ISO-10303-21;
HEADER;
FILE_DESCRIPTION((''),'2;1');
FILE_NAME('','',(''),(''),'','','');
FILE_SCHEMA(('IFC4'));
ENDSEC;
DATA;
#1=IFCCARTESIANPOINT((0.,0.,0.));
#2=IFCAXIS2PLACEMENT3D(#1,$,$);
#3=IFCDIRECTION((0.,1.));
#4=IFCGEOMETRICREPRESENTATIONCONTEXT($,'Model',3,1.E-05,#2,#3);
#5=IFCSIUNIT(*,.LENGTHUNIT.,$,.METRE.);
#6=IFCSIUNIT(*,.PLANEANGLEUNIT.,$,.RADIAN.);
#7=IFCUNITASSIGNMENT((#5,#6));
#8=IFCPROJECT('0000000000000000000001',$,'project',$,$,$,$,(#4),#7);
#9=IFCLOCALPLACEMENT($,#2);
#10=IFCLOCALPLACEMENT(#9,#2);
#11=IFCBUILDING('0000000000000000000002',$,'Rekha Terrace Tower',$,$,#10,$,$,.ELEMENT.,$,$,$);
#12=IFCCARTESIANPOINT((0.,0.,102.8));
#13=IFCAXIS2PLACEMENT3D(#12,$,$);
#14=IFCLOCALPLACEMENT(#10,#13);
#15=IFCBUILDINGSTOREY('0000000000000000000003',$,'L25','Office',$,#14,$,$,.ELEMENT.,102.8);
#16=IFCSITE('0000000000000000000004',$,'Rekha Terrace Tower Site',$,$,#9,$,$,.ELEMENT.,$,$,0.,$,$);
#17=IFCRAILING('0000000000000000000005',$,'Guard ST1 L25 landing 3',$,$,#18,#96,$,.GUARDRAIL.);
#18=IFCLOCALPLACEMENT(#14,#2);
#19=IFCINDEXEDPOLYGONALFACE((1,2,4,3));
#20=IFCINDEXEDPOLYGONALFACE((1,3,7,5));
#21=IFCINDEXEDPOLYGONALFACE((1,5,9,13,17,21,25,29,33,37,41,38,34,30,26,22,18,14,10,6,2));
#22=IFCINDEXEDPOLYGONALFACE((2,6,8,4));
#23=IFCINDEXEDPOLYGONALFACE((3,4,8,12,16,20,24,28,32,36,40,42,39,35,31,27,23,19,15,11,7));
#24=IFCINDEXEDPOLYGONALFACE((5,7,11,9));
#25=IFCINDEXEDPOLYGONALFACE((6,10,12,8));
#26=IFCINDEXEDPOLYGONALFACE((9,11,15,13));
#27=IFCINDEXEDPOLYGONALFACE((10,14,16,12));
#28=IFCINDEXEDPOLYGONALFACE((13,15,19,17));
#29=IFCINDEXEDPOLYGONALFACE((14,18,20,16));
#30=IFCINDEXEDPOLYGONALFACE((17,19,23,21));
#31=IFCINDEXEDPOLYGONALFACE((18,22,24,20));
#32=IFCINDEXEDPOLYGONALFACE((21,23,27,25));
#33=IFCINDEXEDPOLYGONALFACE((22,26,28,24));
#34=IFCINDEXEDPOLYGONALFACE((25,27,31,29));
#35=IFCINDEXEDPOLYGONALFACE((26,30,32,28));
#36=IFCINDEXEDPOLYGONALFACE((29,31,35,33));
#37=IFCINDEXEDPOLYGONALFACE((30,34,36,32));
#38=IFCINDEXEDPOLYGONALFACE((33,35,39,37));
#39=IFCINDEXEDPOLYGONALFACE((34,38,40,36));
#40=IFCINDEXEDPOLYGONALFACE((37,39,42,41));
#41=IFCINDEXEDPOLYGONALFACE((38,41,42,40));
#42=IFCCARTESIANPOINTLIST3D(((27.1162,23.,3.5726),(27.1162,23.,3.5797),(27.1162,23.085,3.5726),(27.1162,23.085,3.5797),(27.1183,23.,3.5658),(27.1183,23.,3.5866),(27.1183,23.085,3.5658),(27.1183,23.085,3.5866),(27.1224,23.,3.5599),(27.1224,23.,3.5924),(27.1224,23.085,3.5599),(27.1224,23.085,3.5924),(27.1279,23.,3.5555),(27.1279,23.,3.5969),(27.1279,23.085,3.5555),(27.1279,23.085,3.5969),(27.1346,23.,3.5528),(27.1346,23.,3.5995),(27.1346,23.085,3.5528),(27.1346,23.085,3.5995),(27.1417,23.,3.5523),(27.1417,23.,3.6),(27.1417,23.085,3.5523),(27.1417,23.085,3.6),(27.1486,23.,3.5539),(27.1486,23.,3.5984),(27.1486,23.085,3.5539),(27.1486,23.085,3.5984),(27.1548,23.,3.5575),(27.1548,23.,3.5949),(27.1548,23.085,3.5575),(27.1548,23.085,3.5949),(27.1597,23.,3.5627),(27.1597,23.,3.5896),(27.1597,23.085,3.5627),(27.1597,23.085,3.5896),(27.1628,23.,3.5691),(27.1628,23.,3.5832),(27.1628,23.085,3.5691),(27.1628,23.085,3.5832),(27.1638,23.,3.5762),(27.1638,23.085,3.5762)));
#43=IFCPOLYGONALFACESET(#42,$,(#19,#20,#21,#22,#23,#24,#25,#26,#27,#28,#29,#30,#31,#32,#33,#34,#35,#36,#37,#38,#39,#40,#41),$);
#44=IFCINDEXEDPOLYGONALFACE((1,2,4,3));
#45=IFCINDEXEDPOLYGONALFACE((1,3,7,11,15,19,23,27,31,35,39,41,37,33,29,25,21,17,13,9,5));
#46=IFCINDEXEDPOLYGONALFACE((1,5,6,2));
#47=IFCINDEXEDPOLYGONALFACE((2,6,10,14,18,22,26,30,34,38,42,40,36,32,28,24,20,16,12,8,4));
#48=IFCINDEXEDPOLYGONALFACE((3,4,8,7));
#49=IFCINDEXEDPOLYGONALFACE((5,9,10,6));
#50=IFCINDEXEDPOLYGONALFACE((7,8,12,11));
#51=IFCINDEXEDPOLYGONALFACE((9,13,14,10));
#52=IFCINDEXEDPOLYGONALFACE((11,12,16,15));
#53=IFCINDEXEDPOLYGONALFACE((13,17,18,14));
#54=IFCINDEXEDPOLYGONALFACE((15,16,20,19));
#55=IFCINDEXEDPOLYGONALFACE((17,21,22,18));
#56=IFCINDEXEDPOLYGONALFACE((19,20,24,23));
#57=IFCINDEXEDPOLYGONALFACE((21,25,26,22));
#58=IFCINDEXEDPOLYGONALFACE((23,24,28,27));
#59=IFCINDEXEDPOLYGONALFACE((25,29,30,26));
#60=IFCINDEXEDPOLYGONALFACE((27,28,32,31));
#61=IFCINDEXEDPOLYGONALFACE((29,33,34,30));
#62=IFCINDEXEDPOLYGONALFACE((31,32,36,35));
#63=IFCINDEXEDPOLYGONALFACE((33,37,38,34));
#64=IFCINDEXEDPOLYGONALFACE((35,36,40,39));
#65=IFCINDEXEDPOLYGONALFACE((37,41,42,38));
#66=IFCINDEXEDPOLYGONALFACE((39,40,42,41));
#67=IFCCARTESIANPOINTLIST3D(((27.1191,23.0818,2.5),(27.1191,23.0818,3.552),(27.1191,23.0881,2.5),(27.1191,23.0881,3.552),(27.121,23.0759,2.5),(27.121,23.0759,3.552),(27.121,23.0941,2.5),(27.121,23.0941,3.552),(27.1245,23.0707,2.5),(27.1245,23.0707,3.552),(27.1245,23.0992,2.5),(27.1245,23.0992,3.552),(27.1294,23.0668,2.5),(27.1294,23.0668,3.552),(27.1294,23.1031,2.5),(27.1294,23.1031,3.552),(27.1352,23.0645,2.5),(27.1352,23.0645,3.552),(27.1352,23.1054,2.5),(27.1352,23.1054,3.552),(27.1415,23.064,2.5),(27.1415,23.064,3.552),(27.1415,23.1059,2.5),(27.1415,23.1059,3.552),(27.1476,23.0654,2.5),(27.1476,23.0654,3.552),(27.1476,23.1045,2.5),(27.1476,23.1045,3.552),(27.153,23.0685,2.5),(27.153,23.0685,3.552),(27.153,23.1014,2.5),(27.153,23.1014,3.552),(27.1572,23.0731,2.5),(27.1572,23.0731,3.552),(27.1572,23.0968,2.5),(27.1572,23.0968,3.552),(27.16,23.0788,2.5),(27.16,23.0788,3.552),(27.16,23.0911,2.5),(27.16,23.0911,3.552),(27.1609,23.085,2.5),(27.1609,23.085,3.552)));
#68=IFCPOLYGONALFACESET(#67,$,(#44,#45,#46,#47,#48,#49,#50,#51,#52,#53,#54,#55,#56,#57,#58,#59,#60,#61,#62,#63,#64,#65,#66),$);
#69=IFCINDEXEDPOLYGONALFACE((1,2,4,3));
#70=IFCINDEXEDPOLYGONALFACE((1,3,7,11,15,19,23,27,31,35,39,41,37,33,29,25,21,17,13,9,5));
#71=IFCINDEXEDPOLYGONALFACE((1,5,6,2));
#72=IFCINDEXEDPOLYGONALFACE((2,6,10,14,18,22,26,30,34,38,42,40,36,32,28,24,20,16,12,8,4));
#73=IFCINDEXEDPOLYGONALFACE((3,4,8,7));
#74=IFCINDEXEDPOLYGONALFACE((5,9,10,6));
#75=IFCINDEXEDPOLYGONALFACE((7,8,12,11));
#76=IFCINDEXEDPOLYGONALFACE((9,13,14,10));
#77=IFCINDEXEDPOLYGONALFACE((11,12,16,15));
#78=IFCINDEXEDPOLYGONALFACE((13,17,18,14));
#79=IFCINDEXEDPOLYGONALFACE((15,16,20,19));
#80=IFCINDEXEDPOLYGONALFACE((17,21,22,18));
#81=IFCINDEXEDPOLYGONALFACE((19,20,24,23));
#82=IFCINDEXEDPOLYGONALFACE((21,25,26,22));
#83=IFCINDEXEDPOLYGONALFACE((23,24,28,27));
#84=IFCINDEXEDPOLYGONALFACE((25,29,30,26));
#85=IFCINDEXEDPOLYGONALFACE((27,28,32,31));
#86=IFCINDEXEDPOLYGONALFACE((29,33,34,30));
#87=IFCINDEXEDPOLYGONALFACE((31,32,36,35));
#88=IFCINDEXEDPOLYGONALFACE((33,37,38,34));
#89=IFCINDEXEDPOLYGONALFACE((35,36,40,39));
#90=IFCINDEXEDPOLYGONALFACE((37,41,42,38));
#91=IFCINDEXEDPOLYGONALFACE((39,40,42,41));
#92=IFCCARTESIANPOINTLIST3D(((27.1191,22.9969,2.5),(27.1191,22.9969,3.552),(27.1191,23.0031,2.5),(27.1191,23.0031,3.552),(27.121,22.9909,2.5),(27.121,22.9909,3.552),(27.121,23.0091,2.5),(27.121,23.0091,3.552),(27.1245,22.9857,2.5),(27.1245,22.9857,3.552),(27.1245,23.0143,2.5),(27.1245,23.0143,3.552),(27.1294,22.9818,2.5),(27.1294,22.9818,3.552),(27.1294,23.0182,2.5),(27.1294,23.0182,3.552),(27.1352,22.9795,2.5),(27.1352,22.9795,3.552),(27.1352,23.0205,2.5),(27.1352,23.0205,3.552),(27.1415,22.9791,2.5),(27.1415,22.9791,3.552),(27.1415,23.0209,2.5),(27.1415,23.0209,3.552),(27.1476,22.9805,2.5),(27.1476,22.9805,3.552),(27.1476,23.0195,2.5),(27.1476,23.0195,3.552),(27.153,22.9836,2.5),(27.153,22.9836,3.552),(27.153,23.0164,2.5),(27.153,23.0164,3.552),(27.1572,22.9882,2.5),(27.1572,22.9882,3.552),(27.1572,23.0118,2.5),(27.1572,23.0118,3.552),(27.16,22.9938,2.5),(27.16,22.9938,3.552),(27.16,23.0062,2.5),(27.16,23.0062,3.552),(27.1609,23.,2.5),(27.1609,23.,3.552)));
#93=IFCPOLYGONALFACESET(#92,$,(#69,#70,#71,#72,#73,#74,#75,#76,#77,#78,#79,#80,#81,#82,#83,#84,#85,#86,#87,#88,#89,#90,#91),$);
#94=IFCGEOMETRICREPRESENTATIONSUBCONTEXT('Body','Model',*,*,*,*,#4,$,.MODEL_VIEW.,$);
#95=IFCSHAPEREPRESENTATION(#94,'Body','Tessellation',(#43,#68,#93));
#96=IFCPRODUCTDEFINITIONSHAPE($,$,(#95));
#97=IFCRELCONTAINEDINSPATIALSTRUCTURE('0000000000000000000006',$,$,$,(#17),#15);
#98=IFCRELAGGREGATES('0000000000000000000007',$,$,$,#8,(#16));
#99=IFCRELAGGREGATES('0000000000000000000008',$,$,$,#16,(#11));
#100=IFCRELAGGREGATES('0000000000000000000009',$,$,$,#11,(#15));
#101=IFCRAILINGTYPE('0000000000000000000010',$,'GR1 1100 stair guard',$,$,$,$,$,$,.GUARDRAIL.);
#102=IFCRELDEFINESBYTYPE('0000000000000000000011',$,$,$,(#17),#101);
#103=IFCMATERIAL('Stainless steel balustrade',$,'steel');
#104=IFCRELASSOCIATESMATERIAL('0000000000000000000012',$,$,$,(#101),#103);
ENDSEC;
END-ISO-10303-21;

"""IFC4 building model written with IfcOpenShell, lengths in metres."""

from ifc_helpers import new_model, si_unit, direction, frame, origin, origin_2d, place, context, subcontext, project, spatial, circle, extrude, material, type_object, element, save


model = new_model("IFC4")

# Units and contexts
model_context = context("Model", 3, precision=1e-05, world=origin(), true_north=direction((0.0, 1.0)))
body_context = subcontext(model_context, "Body", "Model", "MODEL_VIEW")
ifc_project = project(units=[si_unit("LENGTHUNIT", "METRE"), si_unit("PLANEANGLEUNIT", "RADIAN")], contexts=[model_context])

# Site, building, storey
site_placement = place(None, origin())
site = spatial("IfcSite", under=ifc_project, at=site_placement, Name="Rekha Terrace Tower Site", CompositionType="ELEMENT", RefElevation=0.0)
building_placement = place(site_placement, origin())
building = spatial("IfcBuilding", under=site, at=building_placement, Name="Rekha Terrace Tower", CompositionType="ELEMENT")
storey_placement = place(building_placement, frame((0.0, 0.0, 102.8)))
storey = spatial("IfcBuildingStorey", under=building, at=storey_placement, Name="L25", Description="Office", CompositionType="ELEMENT", Elevation=102.8)

# Railing
ifc_material_1 = material(Name="Stainless steel balustrade", Category="steel")
railing_type_1 = type_object("IfcRailingType", Name="GR1 1100 stair guard", PredefinedType="GUARDRAIL", material=ifc_material_1)
railing_1_placement = place(storey_placement, frame((27.1399, 23.085, 2.5)))
element("IfcRailing", 1, at=railing_1_placement, inside=storey, type_object=railing_type_1, Name="Guard ST1 L25 landing 3", PredefinedType="GUARDRAIL", context=body_context, shape_type="SweptSolid", body=[
    extrude(circle(Radius=0.0239, at=origin_2d()), frame((0.0, 0.0, 1.0762), z_axis=(0.0, -1.0, 0.0), x_axis=(1.0, 0.0, 0.0)), (0.0, 0.0, 1.0), 0.085),
    extrude(circle(Radius=0.021, at=origin_2d()), origin(), (0.0, 0.0, 1.0), 1.052),
    extrude(circle(Radius=0.021, at=origin_2d()), frame((0.0, -0.085, 0.0)), (0.0, 0.0, 1.0), 1.052),
])

save(model, "model.ifc")
